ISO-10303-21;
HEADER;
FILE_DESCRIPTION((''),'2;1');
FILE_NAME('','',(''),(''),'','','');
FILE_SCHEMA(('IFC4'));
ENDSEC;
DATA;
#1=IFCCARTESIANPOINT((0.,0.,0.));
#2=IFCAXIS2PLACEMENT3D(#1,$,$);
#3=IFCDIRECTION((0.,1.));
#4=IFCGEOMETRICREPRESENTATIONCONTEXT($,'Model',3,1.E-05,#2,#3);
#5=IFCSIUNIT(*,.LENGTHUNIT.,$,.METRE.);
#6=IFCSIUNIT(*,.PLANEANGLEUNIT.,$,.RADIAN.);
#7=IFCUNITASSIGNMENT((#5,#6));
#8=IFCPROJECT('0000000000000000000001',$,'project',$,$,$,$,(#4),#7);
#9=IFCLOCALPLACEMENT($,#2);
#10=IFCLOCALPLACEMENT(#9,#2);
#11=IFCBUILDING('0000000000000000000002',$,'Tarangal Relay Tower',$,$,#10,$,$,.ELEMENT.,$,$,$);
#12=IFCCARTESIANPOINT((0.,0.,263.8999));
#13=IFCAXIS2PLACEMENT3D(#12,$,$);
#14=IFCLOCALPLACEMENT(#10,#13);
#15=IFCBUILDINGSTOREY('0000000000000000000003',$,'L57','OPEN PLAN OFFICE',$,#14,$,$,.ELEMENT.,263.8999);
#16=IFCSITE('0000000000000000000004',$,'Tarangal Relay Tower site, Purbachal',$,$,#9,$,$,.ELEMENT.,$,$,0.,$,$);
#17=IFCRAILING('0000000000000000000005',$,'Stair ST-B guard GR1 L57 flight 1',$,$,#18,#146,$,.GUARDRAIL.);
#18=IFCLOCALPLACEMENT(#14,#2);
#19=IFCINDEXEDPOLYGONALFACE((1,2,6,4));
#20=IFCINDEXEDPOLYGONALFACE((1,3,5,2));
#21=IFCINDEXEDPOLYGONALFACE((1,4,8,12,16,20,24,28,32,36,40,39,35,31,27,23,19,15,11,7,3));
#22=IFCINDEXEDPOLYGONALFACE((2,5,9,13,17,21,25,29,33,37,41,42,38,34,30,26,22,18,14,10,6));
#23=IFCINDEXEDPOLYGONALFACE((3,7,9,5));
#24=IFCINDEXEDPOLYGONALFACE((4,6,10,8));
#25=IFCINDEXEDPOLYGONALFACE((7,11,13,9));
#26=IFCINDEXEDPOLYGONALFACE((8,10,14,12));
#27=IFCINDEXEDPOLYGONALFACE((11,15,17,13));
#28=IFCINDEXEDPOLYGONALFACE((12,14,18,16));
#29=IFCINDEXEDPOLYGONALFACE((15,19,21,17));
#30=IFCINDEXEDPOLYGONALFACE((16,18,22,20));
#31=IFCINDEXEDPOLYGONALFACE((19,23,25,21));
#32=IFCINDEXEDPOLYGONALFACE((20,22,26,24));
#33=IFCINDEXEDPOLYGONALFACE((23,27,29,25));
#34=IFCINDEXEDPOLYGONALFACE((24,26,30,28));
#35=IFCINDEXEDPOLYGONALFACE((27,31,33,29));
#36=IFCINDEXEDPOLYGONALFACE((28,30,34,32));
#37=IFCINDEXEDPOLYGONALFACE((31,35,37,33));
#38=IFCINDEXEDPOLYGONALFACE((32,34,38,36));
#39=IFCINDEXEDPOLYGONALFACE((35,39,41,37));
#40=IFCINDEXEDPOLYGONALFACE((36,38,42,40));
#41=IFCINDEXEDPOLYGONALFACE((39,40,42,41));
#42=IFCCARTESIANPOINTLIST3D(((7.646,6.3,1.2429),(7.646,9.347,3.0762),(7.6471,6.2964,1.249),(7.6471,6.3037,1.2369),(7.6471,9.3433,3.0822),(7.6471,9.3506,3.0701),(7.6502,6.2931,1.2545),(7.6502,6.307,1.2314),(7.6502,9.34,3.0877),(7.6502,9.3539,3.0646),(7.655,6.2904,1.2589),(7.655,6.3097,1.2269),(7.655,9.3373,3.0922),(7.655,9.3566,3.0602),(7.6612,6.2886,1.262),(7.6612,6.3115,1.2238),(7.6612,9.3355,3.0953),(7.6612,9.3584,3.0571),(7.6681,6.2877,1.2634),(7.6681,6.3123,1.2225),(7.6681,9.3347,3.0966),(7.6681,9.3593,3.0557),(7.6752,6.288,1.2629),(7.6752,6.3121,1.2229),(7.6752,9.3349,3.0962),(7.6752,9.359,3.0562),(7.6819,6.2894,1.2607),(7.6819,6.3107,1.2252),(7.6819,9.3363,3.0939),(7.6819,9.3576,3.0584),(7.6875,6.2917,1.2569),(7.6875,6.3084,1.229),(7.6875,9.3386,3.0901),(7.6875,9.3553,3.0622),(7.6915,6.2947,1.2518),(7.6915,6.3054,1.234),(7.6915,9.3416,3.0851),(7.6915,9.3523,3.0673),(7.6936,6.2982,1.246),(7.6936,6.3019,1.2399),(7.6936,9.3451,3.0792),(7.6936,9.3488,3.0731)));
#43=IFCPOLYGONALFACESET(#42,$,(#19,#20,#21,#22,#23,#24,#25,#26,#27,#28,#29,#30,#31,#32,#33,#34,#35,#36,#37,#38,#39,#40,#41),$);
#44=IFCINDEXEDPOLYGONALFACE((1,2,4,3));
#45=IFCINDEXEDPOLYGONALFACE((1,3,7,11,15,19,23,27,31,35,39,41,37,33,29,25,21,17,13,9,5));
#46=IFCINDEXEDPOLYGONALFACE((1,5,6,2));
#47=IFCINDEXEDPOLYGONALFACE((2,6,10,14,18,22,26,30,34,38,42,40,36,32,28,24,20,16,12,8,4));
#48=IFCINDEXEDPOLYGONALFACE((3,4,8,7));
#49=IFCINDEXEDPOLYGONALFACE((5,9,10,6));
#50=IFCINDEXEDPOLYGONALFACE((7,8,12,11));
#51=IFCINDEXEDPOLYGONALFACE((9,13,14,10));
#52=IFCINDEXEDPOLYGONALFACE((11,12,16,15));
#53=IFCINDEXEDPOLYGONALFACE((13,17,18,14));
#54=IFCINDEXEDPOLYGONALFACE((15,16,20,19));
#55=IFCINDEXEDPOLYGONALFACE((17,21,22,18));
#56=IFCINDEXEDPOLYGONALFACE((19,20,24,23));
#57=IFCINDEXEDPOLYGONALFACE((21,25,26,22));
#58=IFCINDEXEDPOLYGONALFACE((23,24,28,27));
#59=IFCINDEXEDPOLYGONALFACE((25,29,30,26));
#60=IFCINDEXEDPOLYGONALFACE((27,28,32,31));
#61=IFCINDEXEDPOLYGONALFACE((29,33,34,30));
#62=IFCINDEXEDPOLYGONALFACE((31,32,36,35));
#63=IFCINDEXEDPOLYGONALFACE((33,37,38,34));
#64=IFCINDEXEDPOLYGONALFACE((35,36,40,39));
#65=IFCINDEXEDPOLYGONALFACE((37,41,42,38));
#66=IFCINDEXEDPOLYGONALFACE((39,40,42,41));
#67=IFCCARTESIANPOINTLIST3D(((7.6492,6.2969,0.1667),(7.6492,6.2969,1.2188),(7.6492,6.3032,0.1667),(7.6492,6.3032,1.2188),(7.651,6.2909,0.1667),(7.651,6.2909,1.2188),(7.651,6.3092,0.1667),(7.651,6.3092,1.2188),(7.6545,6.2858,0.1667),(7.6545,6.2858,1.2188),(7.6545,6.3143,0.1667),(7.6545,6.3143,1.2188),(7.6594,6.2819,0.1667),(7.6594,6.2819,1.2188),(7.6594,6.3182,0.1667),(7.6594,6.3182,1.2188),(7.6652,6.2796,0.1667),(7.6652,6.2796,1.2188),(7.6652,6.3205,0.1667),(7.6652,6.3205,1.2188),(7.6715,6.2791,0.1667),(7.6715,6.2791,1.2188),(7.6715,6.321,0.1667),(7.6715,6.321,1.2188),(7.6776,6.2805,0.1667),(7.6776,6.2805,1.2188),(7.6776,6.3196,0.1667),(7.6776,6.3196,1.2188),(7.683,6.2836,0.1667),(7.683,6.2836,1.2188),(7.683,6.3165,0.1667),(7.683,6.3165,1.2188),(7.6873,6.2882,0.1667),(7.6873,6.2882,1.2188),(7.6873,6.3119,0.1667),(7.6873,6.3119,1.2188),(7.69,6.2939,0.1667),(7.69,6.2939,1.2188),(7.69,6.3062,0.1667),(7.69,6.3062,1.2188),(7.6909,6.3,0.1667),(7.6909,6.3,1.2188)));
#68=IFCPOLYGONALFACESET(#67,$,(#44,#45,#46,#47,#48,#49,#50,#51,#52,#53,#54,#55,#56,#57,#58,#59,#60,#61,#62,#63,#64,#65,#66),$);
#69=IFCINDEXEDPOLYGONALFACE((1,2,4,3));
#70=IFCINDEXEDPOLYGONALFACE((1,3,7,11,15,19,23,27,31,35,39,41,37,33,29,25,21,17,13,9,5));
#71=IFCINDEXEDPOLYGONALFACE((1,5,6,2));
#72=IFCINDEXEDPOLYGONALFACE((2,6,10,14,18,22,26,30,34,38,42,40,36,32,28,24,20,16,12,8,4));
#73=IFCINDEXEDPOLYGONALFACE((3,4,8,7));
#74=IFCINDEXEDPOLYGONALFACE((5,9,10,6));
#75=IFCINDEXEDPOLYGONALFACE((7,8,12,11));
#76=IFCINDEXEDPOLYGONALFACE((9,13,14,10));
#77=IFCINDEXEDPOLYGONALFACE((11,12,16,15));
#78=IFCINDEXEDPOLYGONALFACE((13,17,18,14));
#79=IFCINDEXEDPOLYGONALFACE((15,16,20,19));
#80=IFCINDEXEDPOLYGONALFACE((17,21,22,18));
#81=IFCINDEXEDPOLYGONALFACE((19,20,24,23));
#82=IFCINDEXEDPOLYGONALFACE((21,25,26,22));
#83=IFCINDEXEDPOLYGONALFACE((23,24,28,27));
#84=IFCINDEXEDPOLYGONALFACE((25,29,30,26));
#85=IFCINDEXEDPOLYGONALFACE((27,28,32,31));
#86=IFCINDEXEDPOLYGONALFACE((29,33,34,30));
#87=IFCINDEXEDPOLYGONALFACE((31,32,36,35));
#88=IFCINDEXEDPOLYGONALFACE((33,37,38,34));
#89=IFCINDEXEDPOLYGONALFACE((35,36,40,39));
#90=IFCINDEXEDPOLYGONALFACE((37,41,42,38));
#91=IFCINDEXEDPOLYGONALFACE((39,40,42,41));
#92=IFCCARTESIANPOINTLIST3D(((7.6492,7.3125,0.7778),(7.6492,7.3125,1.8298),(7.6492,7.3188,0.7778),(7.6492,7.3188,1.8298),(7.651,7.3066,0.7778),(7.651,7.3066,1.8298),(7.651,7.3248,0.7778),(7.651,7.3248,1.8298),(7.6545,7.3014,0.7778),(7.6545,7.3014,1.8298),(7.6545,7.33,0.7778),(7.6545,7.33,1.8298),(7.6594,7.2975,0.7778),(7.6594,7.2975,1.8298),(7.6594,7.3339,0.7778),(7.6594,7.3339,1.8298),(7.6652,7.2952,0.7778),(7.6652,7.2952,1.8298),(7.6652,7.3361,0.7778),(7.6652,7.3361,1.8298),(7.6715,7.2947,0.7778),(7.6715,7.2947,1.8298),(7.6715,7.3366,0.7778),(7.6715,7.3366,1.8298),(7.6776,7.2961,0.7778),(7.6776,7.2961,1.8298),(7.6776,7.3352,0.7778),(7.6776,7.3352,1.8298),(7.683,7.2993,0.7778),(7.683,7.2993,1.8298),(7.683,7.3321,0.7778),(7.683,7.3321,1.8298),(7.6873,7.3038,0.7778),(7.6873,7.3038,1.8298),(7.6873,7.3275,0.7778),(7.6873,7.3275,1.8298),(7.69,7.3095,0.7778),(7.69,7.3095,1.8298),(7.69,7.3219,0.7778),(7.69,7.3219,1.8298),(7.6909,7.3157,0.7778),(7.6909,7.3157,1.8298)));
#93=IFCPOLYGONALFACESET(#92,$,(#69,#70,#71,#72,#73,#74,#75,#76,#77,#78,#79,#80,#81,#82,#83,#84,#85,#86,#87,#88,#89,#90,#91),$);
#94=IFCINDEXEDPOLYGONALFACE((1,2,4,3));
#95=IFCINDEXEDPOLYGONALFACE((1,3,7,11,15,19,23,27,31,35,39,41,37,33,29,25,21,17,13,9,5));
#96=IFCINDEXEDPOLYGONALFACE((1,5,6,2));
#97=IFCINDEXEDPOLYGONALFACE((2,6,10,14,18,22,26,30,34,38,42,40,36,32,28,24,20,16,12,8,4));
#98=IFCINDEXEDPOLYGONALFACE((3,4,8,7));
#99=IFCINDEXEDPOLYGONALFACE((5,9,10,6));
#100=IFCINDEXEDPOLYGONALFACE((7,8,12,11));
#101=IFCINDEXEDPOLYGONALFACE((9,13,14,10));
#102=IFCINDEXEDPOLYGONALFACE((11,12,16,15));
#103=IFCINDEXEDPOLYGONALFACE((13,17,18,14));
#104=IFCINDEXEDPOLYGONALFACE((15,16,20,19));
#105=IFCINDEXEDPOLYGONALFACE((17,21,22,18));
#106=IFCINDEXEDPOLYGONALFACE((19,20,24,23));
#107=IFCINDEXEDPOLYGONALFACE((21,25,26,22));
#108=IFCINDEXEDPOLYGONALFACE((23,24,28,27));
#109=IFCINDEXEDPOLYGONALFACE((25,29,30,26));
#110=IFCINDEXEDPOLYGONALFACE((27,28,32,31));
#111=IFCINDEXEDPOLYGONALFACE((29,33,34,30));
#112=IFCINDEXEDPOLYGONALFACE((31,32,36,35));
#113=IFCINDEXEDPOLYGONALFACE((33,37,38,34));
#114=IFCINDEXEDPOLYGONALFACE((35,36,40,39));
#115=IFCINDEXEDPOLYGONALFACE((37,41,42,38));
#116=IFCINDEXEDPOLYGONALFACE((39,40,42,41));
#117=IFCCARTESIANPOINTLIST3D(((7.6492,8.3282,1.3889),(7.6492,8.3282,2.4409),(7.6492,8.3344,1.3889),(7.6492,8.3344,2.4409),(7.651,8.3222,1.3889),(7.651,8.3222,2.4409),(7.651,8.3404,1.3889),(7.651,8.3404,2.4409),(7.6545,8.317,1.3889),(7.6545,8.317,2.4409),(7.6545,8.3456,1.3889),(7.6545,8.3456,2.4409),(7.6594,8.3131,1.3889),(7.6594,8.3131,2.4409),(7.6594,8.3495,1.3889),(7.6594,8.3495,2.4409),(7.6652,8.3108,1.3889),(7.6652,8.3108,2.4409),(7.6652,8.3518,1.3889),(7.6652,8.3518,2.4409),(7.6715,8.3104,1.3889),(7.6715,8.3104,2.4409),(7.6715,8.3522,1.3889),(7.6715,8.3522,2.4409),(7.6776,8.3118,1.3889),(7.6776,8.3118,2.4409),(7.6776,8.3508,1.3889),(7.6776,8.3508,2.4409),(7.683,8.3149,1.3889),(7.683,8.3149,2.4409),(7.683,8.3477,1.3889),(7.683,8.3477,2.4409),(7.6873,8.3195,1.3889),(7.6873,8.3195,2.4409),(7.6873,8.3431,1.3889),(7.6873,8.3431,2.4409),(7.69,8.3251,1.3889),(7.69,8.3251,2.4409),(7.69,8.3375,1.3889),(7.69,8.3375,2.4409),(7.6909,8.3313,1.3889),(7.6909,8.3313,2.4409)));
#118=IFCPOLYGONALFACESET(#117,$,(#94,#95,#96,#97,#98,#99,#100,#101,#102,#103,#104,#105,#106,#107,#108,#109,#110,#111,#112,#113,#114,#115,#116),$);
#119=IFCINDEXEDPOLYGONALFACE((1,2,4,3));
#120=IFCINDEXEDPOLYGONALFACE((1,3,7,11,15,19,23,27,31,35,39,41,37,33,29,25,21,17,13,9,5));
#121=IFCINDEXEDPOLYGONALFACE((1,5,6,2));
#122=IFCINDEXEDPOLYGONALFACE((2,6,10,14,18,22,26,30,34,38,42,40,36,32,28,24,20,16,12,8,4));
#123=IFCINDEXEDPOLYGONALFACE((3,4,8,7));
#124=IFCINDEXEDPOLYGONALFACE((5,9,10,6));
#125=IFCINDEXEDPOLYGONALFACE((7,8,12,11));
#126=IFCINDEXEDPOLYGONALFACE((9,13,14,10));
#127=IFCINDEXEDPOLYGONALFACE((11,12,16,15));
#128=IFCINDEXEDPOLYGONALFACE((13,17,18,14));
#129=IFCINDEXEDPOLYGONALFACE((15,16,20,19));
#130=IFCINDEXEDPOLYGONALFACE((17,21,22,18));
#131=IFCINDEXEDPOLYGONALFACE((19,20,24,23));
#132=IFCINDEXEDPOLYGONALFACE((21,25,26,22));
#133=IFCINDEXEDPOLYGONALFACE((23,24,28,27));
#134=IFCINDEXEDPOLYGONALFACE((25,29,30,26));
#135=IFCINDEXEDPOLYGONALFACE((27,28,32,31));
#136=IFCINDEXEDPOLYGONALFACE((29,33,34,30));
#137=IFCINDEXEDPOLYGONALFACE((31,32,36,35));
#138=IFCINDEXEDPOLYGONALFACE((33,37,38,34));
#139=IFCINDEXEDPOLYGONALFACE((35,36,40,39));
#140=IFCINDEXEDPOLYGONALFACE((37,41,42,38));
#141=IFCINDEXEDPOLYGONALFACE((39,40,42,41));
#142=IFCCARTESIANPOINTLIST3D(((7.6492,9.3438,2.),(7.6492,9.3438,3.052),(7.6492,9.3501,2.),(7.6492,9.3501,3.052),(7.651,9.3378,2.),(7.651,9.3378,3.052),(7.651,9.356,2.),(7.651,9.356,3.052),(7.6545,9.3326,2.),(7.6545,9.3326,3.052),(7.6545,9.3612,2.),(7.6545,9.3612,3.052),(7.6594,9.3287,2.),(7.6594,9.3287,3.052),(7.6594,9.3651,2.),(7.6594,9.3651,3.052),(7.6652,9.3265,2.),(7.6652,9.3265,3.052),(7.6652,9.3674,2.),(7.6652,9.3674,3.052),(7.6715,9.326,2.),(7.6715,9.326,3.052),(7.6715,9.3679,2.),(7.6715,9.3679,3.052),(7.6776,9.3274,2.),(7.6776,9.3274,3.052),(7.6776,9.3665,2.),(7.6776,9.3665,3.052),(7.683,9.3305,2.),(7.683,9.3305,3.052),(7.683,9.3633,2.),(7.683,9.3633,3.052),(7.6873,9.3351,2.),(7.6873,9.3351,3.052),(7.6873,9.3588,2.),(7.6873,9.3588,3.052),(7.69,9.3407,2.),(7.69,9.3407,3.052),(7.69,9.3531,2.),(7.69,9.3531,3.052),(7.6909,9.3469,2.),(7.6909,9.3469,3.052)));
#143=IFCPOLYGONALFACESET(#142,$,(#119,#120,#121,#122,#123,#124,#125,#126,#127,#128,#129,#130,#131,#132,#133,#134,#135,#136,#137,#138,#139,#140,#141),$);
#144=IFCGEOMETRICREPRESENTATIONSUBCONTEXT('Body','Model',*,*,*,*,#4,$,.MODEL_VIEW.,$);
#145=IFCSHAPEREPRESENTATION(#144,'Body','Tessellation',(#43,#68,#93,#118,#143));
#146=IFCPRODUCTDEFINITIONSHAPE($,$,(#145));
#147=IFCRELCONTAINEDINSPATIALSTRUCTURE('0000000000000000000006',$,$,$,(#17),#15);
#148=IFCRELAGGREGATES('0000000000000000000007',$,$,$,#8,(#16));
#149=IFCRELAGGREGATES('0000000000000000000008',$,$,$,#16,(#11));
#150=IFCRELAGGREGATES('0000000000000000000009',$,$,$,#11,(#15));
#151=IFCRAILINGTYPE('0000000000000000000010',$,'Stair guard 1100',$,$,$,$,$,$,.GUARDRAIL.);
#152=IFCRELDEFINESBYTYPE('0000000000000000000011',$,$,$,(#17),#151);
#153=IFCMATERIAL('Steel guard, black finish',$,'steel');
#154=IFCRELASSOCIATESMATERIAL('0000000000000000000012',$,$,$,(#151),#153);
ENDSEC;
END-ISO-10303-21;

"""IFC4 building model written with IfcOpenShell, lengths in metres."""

from ifc_helpers import new_model, si_unit, direction, frame, origin, origin_2d, place, context, subcontext, project, spatial, circle, extrude, material, type_object, element, save


model = new_model("IFC4")

# Units and contexts
model_context = context("Model", 3, precision=1e-05, world=origin(), true_north=direction((0.0, 1.0)))
body_context = subcontext(model_context, "Body", "Model", "MODEL_VIEW")
ifc_project = project(units=[si_unit("LENGTHUNIT", "METRE"), si_unit("PLANEANGLEUNIT", "RADIAN")], contexts=[model_context])

# Site, building, storey
site_placement = place(None, origin())
site = spatial("IfcSite", under=ifc_project, at=site_placement, Name="Tarangal Relay Tower site, Purbachal", CompositionType="ELEMENT", RefElevation=0.0)
building_placement = place(site_placement, origin())
building = spatial("IfcBuilding", under=site, at=building_placement, Name="Tarangal Relay Tower", CompositionType="ELEMENT")
storey_placement = place(building_placement, frame((0.0, 0.0, 263.8999)))
storey = spatial("IfcBuildingStorey", under=building, at=storey_placement, Name="L57", Description="OPEN PLAN OFFICE", CompositionType="ELEMENT", Elevation=263.8999)

# Railing
ifc_material_1 = material(Name="Steel guard, black finish", Category="steel")
railing_type_1 = type_object("IfcRailingType", Name="Stair guard 1100", PredefinedType="GUARDRAIL", material=ifc_material_1)
railing_1_placement = place(storey_placement, frame((7.6699, 6.3, 0.1667)))
element("IfcRailing", 1, at=railing_1_placement, inside=storey, type_object=railing_type_1, Name="Stair ST-B guard GR1 L57 flight 1", PredefinedType="GUARDRAIL", context=body_context, shape_type="SweptSolid", body=[
    extrude(circle(Radius=0.0239, at=origin_2d()), frame((0.0, 0.0, 1.0762), z_axis=(0.0, 0.856856, 0.515556), x_axis=(-1.0, 0.0, 0.0)), (0.0, 0.0, 1.0), 3.5559),
    extrude(circle(Radius=0.021, at=origin_2d()), origin(), (0.0, 0.0, 1.0), 1.052),
    extrude(circle(Radius=0.021, at=origin_2d()), frame((0.0, 1.0156, 0.6111)), (0.0, 0.0, 1.0), 1.052),
    extrude(circle(Radius=0.021, at=origin_2d()), frame((0.0, 2.0312, 1.2222)), (0.0, 0.0, 1.0), 1.052),
    extrude(circle(Radius=0.021, at=origin_2d()), frame((0.0, 3.0469, 1.8333)), (0.0, 0.0, 1.0), 1.052),
])

save(model, "model.ifc")
